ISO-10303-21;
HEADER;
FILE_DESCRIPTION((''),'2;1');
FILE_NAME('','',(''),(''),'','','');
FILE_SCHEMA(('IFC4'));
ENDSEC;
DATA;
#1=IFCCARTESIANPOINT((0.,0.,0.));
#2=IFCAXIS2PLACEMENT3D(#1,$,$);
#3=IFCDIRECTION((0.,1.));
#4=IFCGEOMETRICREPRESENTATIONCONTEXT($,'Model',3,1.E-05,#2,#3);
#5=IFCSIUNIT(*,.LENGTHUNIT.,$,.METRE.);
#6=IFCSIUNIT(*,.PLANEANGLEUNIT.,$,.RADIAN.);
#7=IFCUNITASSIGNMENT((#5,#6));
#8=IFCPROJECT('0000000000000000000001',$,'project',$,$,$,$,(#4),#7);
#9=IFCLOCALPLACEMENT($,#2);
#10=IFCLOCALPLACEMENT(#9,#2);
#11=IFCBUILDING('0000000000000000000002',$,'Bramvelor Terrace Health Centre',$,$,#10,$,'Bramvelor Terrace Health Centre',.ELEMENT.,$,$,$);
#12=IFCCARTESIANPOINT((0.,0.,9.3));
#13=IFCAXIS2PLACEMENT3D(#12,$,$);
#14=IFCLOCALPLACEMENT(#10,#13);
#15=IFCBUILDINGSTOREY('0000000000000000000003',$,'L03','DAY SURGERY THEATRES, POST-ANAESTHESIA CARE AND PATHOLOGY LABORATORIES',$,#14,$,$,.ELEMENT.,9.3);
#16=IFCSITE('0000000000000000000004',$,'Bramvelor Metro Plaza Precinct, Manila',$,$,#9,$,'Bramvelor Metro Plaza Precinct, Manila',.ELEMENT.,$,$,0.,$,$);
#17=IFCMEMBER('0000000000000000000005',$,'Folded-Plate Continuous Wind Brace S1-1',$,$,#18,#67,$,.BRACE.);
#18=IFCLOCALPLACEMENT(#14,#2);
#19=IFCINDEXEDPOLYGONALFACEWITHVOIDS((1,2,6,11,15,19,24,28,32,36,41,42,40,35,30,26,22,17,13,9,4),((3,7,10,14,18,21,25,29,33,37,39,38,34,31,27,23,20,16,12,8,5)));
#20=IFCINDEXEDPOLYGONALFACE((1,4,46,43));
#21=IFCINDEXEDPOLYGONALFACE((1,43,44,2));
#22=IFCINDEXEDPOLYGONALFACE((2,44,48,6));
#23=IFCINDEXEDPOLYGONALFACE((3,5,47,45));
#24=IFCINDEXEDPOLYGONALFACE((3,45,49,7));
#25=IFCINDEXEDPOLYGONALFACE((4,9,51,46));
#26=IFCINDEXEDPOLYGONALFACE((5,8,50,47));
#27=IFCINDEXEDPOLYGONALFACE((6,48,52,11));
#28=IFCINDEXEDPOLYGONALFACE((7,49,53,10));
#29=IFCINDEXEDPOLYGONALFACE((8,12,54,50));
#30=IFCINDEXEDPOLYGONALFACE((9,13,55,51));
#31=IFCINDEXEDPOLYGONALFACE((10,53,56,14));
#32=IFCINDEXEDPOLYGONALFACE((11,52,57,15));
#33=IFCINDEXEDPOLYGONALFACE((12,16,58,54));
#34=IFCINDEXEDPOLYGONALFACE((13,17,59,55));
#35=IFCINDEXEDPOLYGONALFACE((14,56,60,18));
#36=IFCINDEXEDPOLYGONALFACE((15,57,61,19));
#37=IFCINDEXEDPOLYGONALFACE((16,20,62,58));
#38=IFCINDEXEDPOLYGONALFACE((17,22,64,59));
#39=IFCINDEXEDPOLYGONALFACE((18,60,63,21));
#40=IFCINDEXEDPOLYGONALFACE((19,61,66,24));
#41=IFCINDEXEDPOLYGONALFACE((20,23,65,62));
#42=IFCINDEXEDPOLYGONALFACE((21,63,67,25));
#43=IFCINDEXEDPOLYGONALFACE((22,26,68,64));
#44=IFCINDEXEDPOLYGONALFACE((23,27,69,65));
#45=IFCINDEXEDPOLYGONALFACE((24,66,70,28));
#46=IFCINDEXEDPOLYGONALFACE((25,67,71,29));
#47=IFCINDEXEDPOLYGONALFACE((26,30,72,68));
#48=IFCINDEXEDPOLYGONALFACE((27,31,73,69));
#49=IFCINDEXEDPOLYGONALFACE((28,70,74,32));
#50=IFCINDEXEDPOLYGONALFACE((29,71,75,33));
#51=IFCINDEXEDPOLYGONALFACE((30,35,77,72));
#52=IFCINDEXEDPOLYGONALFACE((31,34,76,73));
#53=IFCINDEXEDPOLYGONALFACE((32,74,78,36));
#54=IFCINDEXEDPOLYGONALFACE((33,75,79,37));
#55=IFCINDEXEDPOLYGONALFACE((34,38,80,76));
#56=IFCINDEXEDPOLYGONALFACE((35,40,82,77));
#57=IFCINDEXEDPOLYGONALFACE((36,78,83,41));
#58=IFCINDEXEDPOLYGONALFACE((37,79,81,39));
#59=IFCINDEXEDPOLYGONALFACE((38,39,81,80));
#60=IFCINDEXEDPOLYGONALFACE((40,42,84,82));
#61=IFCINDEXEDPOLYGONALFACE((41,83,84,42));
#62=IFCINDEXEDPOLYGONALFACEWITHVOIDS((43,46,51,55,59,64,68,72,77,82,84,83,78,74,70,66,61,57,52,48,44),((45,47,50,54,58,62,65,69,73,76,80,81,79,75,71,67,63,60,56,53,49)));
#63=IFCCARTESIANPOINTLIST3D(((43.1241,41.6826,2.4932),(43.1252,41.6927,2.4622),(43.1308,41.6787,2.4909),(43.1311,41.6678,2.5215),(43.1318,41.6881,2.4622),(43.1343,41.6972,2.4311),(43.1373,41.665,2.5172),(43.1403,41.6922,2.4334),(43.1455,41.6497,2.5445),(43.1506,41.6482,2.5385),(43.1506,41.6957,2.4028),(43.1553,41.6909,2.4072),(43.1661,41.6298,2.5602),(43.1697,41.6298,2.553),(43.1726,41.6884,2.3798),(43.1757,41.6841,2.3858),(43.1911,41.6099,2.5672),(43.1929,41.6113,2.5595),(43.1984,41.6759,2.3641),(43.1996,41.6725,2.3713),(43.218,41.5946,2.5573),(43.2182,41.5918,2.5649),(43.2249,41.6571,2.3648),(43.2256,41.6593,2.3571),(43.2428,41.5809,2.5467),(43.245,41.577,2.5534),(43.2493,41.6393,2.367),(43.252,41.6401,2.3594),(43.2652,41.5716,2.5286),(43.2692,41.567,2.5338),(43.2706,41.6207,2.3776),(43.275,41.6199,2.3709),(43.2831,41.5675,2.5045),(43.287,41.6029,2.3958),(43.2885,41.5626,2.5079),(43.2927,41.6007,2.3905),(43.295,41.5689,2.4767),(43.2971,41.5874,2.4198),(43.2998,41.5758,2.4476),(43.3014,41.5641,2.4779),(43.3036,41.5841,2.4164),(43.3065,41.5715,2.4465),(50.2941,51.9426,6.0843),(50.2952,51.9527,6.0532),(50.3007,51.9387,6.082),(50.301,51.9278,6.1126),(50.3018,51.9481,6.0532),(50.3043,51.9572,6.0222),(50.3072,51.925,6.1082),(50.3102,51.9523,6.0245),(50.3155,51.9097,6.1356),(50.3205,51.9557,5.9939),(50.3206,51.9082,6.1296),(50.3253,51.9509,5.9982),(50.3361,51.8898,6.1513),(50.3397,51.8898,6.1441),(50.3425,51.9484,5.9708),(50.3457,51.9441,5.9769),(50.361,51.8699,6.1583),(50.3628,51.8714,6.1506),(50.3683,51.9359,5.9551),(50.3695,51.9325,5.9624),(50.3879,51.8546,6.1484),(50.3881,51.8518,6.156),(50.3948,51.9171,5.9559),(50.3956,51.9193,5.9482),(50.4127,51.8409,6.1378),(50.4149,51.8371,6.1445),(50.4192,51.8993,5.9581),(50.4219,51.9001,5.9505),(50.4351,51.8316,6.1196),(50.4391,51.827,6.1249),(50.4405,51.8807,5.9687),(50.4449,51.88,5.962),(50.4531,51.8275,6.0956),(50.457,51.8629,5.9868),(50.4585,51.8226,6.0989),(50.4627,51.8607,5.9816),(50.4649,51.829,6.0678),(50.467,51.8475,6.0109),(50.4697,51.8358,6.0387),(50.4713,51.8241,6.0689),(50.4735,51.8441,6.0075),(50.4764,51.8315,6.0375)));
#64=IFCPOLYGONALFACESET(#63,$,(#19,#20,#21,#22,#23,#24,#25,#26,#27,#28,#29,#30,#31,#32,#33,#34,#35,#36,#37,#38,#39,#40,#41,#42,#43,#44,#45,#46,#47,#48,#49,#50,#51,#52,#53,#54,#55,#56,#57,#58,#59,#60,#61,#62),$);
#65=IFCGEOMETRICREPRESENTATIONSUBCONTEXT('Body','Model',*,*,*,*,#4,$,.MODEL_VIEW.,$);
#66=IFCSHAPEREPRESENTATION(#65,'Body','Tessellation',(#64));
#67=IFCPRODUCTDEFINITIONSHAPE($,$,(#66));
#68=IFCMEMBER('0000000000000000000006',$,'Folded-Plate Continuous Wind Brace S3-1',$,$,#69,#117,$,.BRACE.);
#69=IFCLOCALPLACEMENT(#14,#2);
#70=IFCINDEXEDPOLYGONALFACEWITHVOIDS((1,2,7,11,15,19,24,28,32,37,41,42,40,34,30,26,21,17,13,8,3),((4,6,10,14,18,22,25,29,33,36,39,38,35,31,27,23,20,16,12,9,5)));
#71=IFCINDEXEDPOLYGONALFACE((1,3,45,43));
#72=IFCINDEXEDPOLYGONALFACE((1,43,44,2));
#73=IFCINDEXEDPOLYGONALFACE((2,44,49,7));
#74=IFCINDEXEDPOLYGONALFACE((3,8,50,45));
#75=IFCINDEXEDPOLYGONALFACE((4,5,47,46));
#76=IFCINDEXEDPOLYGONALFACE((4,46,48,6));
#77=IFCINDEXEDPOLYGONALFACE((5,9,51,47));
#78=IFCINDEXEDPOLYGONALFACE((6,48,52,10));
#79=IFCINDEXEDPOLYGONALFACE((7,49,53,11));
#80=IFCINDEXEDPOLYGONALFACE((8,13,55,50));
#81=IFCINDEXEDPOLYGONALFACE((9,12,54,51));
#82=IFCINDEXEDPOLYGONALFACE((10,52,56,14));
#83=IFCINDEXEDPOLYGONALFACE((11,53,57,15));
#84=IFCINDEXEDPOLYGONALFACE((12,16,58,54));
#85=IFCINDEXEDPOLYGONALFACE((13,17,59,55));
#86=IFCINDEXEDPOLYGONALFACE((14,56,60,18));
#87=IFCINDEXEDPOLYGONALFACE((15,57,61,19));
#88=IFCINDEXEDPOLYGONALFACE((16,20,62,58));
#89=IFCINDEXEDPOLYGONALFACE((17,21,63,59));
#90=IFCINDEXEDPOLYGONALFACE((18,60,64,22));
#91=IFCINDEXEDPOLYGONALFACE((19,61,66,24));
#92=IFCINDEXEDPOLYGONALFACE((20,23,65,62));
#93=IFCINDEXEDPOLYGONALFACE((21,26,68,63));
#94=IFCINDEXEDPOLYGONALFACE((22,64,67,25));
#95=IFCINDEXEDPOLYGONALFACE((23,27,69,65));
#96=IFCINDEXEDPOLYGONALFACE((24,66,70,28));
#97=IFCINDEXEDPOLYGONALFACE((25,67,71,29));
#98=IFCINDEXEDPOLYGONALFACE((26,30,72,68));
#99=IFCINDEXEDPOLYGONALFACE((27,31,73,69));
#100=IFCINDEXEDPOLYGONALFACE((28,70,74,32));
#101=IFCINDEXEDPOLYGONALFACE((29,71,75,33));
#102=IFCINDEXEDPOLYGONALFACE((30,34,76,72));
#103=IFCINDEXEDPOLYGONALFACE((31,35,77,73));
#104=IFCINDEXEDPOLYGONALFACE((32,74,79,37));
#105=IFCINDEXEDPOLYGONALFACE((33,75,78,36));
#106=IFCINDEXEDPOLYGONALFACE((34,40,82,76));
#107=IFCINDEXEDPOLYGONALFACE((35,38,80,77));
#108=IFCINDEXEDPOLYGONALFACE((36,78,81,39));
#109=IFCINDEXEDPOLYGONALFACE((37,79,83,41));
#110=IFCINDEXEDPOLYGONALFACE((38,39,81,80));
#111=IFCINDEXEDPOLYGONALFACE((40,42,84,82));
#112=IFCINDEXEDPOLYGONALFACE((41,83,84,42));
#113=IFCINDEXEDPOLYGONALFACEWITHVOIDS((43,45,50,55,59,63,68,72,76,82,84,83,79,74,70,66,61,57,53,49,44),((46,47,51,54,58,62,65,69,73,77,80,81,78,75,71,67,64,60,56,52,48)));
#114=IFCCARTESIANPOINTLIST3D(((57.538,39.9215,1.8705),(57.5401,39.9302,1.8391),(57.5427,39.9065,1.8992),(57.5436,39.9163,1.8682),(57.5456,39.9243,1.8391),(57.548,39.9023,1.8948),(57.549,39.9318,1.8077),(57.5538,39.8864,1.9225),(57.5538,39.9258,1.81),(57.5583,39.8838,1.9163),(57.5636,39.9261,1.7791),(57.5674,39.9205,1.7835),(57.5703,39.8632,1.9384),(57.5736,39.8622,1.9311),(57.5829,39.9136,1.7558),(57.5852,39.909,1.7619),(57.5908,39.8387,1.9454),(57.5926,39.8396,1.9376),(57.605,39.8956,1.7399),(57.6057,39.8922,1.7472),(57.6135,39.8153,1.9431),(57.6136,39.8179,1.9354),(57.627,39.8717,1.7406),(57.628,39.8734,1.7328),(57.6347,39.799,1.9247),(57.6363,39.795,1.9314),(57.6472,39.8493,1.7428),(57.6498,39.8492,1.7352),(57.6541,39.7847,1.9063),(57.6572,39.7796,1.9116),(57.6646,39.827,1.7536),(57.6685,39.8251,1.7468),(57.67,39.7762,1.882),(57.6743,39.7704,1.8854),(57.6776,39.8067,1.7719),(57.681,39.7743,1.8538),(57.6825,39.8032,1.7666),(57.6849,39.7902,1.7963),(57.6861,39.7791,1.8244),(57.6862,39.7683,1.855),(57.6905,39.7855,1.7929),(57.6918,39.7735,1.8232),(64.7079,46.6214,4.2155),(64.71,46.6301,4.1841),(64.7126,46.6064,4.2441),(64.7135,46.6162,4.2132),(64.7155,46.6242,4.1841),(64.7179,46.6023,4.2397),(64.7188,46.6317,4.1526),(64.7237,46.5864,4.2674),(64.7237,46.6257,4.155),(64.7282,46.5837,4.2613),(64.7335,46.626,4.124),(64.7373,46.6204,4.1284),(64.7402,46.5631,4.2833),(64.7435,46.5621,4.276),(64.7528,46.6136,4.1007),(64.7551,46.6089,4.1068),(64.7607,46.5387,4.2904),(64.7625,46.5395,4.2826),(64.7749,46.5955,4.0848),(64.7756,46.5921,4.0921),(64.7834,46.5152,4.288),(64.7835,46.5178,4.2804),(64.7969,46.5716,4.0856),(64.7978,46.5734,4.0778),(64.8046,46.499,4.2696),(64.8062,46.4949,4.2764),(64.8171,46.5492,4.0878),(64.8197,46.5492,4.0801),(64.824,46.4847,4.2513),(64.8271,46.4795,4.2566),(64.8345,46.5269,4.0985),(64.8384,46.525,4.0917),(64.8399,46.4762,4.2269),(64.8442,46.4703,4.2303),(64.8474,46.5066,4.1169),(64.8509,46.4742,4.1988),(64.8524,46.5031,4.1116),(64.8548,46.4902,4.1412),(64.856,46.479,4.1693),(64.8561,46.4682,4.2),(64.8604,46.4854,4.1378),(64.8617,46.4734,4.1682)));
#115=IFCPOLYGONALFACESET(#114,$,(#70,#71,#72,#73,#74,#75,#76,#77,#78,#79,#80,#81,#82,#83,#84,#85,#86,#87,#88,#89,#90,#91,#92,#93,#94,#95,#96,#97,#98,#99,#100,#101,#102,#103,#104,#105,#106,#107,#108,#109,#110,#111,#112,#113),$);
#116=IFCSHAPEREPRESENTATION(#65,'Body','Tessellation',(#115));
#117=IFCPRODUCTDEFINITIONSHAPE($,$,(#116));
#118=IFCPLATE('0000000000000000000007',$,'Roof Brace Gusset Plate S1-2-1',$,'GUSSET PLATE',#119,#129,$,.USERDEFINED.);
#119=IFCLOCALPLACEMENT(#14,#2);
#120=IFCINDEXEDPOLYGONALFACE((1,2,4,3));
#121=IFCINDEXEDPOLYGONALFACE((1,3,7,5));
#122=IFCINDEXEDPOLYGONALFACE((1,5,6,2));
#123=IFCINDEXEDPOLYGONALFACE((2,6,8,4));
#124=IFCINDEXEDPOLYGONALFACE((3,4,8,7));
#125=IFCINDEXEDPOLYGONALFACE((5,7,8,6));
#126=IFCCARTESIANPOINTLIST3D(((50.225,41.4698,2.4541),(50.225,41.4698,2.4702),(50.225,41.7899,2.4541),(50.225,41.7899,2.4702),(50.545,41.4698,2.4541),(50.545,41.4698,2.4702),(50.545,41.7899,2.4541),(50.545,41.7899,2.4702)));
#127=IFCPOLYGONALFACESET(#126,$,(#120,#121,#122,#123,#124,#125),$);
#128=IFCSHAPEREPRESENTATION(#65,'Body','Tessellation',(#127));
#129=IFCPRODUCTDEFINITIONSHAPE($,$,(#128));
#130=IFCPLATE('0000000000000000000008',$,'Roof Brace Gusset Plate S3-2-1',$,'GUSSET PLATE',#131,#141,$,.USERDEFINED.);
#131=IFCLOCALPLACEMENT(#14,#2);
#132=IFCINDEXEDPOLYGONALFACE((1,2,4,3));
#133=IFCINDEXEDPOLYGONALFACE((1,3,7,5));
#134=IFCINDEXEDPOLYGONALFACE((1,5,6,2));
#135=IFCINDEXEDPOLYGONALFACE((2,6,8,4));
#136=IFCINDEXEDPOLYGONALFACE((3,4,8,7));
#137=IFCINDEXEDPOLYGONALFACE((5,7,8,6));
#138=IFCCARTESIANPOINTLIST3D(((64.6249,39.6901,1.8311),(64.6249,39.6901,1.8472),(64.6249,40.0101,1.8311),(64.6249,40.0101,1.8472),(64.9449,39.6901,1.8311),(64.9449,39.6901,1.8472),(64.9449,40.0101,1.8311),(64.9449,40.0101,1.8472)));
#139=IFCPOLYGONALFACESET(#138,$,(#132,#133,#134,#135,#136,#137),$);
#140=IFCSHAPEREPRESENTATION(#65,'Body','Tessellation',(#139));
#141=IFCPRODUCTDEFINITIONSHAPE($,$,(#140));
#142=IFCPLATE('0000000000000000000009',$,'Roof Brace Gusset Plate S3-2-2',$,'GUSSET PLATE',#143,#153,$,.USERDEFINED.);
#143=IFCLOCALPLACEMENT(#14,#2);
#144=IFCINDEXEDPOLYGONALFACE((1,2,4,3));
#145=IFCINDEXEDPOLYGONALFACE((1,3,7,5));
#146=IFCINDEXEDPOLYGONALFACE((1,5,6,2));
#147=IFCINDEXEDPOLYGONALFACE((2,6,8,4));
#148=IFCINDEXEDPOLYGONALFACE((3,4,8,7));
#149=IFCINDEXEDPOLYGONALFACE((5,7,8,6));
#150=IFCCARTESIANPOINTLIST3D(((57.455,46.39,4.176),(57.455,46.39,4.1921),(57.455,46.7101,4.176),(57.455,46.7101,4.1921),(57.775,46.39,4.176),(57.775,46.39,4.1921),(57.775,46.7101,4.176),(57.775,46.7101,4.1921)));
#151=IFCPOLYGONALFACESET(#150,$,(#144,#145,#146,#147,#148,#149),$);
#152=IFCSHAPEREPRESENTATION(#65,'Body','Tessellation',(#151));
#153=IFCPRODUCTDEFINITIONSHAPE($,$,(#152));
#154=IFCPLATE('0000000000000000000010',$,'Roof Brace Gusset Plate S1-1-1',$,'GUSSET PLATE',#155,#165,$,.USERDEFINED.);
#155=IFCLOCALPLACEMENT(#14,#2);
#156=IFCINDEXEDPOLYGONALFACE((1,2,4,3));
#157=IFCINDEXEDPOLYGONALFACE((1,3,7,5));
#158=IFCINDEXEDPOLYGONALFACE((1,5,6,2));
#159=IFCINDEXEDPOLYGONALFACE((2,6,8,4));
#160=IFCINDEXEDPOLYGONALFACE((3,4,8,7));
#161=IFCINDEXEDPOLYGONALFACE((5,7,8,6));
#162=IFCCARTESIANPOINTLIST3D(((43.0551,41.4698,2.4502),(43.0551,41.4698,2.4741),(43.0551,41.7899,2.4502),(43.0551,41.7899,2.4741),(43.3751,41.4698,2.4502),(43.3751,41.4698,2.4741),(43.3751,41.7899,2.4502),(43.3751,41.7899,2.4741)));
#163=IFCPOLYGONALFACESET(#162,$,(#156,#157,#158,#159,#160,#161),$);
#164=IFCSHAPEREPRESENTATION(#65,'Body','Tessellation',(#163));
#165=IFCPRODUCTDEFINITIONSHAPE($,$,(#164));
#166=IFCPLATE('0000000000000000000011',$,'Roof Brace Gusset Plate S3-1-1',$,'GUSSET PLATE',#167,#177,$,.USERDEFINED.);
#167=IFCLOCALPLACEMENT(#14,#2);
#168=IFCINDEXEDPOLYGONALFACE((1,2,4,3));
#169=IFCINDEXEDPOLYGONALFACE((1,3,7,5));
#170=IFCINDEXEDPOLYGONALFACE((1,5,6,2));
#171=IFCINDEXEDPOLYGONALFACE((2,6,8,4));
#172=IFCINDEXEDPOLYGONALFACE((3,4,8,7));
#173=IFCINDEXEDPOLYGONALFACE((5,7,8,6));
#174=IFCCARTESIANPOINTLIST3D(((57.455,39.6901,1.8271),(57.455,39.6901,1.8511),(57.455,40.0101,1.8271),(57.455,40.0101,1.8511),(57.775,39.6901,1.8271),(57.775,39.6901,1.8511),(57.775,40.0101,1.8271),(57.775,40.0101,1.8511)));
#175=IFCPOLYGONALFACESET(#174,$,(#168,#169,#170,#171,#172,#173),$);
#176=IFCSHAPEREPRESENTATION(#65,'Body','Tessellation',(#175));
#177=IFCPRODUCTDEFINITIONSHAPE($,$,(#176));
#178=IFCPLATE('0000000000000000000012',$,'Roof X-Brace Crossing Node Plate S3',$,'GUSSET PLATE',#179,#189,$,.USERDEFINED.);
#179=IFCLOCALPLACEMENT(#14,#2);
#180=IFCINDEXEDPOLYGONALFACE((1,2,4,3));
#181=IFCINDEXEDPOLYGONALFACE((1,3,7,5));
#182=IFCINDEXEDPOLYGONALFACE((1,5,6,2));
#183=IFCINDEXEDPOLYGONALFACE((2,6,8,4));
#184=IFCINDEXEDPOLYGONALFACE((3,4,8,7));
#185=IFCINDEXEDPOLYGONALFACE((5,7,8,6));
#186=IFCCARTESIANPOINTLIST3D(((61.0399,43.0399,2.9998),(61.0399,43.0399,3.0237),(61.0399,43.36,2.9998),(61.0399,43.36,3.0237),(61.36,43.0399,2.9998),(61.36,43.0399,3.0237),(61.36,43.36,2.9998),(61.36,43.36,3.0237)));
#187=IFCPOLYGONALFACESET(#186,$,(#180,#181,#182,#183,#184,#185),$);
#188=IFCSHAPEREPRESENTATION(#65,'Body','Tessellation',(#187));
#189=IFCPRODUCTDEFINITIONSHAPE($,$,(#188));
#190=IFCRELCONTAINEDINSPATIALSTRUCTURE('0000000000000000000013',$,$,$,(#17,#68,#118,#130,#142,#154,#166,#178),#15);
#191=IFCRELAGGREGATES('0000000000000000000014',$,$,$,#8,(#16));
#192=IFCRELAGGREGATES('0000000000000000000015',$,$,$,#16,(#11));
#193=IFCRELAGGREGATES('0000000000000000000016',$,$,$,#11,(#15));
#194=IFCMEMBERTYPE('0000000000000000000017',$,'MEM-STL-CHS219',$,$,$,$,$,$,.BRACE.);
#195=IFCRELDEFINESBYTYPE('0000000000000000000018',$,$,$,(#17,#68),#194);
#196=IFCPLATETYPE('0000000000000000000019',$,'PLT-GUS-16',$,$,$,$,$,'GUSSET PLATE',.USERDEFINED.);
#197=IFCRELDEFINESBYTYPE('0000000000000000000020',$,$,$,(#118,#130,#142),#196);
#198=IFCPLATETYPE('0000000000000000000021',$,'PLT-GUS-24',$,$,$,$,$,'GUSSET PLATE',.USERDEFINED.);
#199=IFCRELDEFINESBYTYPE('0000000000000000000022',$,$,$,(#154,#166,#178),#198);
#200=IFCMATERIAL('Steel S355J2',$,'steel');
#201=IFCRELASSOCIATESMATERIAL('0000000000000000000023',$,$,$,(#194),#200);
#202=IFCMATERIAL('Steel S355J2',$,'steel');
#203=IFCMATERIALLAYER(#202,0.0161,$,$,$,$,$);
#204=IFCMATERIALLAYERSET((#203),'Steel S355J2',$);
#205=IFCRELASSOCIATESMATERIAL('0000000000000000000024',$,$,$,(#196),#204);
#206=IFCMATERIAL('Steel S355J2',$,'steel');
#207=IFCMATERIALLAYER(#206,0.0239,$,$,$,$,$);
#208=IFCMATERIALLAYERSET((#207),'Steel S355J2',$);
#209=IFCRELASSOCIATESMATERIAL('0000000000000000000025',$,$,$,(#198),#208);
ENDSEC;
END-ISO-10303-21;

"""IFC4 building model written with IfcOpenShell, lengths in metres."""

from ifc_helpers import new_model, si_unit, direction, frame, origin, origin_2d, place, context, subcontext, project, spatial, rectangle, hollow_circle, extrude, material, layer, layer_set, material_profile, profile_set, type_object, element, save


model = new_model("IFC4")

# Units and contexts
model_context = context("Model", 3, precision=1e-05, world=origin(), true_north=direction((0.0, 1.0)))
body_context = subcontext(model_context, "Body", "Model", "MODEL_VIEW")
ifc_project = project(units=[si_unit("LENGTHUNIT", "METRE"), si_unit("PLANEANGLEUNIT", "RADIAN")], contexts=[model_context])

# Site, building, storey
site_placement = place(None, origin())
site = spatial("IfcSite", under=ifc_project, at=site_placement, Name="Bramvelor Metro Plaza Precinct, Manila", LongName="Bramvelor Metro Plaza Precinct, Manila", CompositionType="ELEMENT", RefElevation=0.0)
building_placement = place(site_placement, origin())
building = spatial("IfcBuilding", under=site, at=building_placement, Name="Bramvelor Terrace Health Centre", LongName="Bramvelor Terrace Health Centre", CompositionType="ELEMENT")
storey_placement = place(building_placement, frame((0.0, 0.0, 9.3)))
storey = spatial("IfcBuildingStorey", under=building, at=storey_placement, Name="L03", Description="DAY SURGERY THEATRES, POST-ANAESTHESIA CARE AND PATHOLOGY LABORATORIES", CompositionType="ELEMENT", Elevation=9.3)

# Members
ifc_material_1 = material(Name="Steel S355J2", Category="steel")
ifc_material_profile_1 = material_profile(ifc_material_1, hollow_circle(Radius=0.1096, WallThickness=0.0081, at=origin_2d()), Name="CHS 219.1x8.0")
ifc_profile_set_1 = profile_set([ifc_material_profile_1], Name="Steel S355J2")
member_type_1 = type_object("IfcMemberType", Name="MEM-STL-CHS219", PredefinedType="BRACE", material=ifc_profile_set_1)
member_1_placement = place(storey_placement, frame((43.2151, 41.6299, 2.4622), z_axis=(0.550603, 0.787901, 0.27577), x_axis=(-0.819685, 0.572814, 0.0)))
element("IfcMember", 1, at=member_1_placement, inside=storey, type_object=member_type_1, Name="Folded-Plate Continuous Wind Brace S1-1", PredefinedType="BRACE", context=body_context, shape_type="SweptSolid", body=[
    extrude(hollow_circle(Radius=0.1096, WallThickness=0.0081, at=origin_2d()), origin(), (0.0, 0.0, 1.0), 13.022),
])
member_2_placement = place(storey_placement, frame((57.615, 39.8501, 1.8391), z_axis=(0.710639, 0.664058, 0.232419), x_axis=(-0.682755, 0.730647, 0.0)))
element("IfcMember", 2, at=member_2_placement, inside=storey, type_object=member_type_1, Name="Folded-Plate Continuous Wind Brace S3-1", PredefinedType="BRACE", context=body_context, shape_type="SweptSolid", body=[
    extrude(hollow_circle(Radius=0.1096, WallThickness=0.0081, at=origin_2d()), origin(), (0.0, 0.0, 1.0), 10.0894),
])

# Plates
ifc_material_2 = material(Name="Steel S355J2", Category="steel")
ifc_layer_1 = layer(ifc_material_2, 0.0161)
ifc_layer_set_1 = layer_set([ifc_layer_1], Name="Steel S355J2")
plate_type_1 = type_object("IfcPlateType", Name="PLT-GUS-16", ElementType="GUSSET PLATE", PredefinedType="USERDEFINED", material=ifc_layer_set_1)
for number, where, z_axis, x_axis, name in (
    (3, (50.385, 41.6299, 2.4541), (0.0, 0.0, 1.0), (1.0, 0.0, 0.0), "Roof Brace Gusset Plate S1-2-1"),
    (4, (64.7849, 39.8501, 1.8311), (0.0, 0.0, 1.0), (1.0, 0.0, 0.0), "Roof Brace Gusset Plate S3-2-1"),
    (5, (57.615, 46.55, 4.176), (0.0, 0.0, 1.0), (1.0, 0.0, 0.0), "Roof Brace Gusset Plate S3-2-2"),
):
    element("IfcPlate", number, at=place(storey_placement, frame(where, z_axis=z_axis, x_axis=x_axis)), inside=storey, type_object=plate_type_1, Name=name, ObjectType="GUSSET PLATE", PredefinedType="USERDEFINED", context=body_context, shape_type="SweptSolid", body=[
        extrude(rectangle(XDim=0.3201, YDim=0.3201, at=origin_2d()), origin(), (0.0, 0.0, 1.0), 0.0161),
    ])
ifc_material_3 = material(Name="Steel S355J2", Category="steel")
ifc_layer_2 = layer(ifc_material_3, 0.0239)
ifc_layer_set_2 = layer_set([ifc_layer_2], Name="Steel S355J2")
plate_type_2 = type_object("IfcPlateType", Name="PLT-GUS-24", ElementType="GUSSET PLATE", PredefinedType="USERDEFINED", material=ifc_layer_set_2)
for number, where, z_axis, x_axis, name in (
    (6, (43.2151, 41.6299, 2.4502), (0.0, 0.0, 1.0), (1.0, 0.0, 0.0), "Roof Brace Gusset Plate S1-1-1"),
    (7, (57.615, 39.8501, 1.8271), (0.0, 0.0, 1.0), (1.0, 0.0, 0.0), "Roof Brace Gusset Plate S3-1-1"),
    (8, (61.2, 43.2, 2.9998), (0.0, 0.0, 1.0), (1.0, 0.0, 0.0), "Roof X-Brace Crossing Node Plate S3"),
):
    element("IfcPlate", number, at=place(storey_placement, frame(where, z_axis=z_axis, x_axis=x_axis)), inside=storey, type_object=plate_type_2, Name=name, ObjectType="GUSSET PLATE", PredefinedType="USERDEFINED", context=body_context, shape_type="SweptSolid", body=[
        extrude(rectangle(XDim=0.3201, YDim=0.3201, at=origin_2d()), origin(), (0.0, 0.0, 1.0), 0.0239),
    ])

save(model, "model.ifc")
